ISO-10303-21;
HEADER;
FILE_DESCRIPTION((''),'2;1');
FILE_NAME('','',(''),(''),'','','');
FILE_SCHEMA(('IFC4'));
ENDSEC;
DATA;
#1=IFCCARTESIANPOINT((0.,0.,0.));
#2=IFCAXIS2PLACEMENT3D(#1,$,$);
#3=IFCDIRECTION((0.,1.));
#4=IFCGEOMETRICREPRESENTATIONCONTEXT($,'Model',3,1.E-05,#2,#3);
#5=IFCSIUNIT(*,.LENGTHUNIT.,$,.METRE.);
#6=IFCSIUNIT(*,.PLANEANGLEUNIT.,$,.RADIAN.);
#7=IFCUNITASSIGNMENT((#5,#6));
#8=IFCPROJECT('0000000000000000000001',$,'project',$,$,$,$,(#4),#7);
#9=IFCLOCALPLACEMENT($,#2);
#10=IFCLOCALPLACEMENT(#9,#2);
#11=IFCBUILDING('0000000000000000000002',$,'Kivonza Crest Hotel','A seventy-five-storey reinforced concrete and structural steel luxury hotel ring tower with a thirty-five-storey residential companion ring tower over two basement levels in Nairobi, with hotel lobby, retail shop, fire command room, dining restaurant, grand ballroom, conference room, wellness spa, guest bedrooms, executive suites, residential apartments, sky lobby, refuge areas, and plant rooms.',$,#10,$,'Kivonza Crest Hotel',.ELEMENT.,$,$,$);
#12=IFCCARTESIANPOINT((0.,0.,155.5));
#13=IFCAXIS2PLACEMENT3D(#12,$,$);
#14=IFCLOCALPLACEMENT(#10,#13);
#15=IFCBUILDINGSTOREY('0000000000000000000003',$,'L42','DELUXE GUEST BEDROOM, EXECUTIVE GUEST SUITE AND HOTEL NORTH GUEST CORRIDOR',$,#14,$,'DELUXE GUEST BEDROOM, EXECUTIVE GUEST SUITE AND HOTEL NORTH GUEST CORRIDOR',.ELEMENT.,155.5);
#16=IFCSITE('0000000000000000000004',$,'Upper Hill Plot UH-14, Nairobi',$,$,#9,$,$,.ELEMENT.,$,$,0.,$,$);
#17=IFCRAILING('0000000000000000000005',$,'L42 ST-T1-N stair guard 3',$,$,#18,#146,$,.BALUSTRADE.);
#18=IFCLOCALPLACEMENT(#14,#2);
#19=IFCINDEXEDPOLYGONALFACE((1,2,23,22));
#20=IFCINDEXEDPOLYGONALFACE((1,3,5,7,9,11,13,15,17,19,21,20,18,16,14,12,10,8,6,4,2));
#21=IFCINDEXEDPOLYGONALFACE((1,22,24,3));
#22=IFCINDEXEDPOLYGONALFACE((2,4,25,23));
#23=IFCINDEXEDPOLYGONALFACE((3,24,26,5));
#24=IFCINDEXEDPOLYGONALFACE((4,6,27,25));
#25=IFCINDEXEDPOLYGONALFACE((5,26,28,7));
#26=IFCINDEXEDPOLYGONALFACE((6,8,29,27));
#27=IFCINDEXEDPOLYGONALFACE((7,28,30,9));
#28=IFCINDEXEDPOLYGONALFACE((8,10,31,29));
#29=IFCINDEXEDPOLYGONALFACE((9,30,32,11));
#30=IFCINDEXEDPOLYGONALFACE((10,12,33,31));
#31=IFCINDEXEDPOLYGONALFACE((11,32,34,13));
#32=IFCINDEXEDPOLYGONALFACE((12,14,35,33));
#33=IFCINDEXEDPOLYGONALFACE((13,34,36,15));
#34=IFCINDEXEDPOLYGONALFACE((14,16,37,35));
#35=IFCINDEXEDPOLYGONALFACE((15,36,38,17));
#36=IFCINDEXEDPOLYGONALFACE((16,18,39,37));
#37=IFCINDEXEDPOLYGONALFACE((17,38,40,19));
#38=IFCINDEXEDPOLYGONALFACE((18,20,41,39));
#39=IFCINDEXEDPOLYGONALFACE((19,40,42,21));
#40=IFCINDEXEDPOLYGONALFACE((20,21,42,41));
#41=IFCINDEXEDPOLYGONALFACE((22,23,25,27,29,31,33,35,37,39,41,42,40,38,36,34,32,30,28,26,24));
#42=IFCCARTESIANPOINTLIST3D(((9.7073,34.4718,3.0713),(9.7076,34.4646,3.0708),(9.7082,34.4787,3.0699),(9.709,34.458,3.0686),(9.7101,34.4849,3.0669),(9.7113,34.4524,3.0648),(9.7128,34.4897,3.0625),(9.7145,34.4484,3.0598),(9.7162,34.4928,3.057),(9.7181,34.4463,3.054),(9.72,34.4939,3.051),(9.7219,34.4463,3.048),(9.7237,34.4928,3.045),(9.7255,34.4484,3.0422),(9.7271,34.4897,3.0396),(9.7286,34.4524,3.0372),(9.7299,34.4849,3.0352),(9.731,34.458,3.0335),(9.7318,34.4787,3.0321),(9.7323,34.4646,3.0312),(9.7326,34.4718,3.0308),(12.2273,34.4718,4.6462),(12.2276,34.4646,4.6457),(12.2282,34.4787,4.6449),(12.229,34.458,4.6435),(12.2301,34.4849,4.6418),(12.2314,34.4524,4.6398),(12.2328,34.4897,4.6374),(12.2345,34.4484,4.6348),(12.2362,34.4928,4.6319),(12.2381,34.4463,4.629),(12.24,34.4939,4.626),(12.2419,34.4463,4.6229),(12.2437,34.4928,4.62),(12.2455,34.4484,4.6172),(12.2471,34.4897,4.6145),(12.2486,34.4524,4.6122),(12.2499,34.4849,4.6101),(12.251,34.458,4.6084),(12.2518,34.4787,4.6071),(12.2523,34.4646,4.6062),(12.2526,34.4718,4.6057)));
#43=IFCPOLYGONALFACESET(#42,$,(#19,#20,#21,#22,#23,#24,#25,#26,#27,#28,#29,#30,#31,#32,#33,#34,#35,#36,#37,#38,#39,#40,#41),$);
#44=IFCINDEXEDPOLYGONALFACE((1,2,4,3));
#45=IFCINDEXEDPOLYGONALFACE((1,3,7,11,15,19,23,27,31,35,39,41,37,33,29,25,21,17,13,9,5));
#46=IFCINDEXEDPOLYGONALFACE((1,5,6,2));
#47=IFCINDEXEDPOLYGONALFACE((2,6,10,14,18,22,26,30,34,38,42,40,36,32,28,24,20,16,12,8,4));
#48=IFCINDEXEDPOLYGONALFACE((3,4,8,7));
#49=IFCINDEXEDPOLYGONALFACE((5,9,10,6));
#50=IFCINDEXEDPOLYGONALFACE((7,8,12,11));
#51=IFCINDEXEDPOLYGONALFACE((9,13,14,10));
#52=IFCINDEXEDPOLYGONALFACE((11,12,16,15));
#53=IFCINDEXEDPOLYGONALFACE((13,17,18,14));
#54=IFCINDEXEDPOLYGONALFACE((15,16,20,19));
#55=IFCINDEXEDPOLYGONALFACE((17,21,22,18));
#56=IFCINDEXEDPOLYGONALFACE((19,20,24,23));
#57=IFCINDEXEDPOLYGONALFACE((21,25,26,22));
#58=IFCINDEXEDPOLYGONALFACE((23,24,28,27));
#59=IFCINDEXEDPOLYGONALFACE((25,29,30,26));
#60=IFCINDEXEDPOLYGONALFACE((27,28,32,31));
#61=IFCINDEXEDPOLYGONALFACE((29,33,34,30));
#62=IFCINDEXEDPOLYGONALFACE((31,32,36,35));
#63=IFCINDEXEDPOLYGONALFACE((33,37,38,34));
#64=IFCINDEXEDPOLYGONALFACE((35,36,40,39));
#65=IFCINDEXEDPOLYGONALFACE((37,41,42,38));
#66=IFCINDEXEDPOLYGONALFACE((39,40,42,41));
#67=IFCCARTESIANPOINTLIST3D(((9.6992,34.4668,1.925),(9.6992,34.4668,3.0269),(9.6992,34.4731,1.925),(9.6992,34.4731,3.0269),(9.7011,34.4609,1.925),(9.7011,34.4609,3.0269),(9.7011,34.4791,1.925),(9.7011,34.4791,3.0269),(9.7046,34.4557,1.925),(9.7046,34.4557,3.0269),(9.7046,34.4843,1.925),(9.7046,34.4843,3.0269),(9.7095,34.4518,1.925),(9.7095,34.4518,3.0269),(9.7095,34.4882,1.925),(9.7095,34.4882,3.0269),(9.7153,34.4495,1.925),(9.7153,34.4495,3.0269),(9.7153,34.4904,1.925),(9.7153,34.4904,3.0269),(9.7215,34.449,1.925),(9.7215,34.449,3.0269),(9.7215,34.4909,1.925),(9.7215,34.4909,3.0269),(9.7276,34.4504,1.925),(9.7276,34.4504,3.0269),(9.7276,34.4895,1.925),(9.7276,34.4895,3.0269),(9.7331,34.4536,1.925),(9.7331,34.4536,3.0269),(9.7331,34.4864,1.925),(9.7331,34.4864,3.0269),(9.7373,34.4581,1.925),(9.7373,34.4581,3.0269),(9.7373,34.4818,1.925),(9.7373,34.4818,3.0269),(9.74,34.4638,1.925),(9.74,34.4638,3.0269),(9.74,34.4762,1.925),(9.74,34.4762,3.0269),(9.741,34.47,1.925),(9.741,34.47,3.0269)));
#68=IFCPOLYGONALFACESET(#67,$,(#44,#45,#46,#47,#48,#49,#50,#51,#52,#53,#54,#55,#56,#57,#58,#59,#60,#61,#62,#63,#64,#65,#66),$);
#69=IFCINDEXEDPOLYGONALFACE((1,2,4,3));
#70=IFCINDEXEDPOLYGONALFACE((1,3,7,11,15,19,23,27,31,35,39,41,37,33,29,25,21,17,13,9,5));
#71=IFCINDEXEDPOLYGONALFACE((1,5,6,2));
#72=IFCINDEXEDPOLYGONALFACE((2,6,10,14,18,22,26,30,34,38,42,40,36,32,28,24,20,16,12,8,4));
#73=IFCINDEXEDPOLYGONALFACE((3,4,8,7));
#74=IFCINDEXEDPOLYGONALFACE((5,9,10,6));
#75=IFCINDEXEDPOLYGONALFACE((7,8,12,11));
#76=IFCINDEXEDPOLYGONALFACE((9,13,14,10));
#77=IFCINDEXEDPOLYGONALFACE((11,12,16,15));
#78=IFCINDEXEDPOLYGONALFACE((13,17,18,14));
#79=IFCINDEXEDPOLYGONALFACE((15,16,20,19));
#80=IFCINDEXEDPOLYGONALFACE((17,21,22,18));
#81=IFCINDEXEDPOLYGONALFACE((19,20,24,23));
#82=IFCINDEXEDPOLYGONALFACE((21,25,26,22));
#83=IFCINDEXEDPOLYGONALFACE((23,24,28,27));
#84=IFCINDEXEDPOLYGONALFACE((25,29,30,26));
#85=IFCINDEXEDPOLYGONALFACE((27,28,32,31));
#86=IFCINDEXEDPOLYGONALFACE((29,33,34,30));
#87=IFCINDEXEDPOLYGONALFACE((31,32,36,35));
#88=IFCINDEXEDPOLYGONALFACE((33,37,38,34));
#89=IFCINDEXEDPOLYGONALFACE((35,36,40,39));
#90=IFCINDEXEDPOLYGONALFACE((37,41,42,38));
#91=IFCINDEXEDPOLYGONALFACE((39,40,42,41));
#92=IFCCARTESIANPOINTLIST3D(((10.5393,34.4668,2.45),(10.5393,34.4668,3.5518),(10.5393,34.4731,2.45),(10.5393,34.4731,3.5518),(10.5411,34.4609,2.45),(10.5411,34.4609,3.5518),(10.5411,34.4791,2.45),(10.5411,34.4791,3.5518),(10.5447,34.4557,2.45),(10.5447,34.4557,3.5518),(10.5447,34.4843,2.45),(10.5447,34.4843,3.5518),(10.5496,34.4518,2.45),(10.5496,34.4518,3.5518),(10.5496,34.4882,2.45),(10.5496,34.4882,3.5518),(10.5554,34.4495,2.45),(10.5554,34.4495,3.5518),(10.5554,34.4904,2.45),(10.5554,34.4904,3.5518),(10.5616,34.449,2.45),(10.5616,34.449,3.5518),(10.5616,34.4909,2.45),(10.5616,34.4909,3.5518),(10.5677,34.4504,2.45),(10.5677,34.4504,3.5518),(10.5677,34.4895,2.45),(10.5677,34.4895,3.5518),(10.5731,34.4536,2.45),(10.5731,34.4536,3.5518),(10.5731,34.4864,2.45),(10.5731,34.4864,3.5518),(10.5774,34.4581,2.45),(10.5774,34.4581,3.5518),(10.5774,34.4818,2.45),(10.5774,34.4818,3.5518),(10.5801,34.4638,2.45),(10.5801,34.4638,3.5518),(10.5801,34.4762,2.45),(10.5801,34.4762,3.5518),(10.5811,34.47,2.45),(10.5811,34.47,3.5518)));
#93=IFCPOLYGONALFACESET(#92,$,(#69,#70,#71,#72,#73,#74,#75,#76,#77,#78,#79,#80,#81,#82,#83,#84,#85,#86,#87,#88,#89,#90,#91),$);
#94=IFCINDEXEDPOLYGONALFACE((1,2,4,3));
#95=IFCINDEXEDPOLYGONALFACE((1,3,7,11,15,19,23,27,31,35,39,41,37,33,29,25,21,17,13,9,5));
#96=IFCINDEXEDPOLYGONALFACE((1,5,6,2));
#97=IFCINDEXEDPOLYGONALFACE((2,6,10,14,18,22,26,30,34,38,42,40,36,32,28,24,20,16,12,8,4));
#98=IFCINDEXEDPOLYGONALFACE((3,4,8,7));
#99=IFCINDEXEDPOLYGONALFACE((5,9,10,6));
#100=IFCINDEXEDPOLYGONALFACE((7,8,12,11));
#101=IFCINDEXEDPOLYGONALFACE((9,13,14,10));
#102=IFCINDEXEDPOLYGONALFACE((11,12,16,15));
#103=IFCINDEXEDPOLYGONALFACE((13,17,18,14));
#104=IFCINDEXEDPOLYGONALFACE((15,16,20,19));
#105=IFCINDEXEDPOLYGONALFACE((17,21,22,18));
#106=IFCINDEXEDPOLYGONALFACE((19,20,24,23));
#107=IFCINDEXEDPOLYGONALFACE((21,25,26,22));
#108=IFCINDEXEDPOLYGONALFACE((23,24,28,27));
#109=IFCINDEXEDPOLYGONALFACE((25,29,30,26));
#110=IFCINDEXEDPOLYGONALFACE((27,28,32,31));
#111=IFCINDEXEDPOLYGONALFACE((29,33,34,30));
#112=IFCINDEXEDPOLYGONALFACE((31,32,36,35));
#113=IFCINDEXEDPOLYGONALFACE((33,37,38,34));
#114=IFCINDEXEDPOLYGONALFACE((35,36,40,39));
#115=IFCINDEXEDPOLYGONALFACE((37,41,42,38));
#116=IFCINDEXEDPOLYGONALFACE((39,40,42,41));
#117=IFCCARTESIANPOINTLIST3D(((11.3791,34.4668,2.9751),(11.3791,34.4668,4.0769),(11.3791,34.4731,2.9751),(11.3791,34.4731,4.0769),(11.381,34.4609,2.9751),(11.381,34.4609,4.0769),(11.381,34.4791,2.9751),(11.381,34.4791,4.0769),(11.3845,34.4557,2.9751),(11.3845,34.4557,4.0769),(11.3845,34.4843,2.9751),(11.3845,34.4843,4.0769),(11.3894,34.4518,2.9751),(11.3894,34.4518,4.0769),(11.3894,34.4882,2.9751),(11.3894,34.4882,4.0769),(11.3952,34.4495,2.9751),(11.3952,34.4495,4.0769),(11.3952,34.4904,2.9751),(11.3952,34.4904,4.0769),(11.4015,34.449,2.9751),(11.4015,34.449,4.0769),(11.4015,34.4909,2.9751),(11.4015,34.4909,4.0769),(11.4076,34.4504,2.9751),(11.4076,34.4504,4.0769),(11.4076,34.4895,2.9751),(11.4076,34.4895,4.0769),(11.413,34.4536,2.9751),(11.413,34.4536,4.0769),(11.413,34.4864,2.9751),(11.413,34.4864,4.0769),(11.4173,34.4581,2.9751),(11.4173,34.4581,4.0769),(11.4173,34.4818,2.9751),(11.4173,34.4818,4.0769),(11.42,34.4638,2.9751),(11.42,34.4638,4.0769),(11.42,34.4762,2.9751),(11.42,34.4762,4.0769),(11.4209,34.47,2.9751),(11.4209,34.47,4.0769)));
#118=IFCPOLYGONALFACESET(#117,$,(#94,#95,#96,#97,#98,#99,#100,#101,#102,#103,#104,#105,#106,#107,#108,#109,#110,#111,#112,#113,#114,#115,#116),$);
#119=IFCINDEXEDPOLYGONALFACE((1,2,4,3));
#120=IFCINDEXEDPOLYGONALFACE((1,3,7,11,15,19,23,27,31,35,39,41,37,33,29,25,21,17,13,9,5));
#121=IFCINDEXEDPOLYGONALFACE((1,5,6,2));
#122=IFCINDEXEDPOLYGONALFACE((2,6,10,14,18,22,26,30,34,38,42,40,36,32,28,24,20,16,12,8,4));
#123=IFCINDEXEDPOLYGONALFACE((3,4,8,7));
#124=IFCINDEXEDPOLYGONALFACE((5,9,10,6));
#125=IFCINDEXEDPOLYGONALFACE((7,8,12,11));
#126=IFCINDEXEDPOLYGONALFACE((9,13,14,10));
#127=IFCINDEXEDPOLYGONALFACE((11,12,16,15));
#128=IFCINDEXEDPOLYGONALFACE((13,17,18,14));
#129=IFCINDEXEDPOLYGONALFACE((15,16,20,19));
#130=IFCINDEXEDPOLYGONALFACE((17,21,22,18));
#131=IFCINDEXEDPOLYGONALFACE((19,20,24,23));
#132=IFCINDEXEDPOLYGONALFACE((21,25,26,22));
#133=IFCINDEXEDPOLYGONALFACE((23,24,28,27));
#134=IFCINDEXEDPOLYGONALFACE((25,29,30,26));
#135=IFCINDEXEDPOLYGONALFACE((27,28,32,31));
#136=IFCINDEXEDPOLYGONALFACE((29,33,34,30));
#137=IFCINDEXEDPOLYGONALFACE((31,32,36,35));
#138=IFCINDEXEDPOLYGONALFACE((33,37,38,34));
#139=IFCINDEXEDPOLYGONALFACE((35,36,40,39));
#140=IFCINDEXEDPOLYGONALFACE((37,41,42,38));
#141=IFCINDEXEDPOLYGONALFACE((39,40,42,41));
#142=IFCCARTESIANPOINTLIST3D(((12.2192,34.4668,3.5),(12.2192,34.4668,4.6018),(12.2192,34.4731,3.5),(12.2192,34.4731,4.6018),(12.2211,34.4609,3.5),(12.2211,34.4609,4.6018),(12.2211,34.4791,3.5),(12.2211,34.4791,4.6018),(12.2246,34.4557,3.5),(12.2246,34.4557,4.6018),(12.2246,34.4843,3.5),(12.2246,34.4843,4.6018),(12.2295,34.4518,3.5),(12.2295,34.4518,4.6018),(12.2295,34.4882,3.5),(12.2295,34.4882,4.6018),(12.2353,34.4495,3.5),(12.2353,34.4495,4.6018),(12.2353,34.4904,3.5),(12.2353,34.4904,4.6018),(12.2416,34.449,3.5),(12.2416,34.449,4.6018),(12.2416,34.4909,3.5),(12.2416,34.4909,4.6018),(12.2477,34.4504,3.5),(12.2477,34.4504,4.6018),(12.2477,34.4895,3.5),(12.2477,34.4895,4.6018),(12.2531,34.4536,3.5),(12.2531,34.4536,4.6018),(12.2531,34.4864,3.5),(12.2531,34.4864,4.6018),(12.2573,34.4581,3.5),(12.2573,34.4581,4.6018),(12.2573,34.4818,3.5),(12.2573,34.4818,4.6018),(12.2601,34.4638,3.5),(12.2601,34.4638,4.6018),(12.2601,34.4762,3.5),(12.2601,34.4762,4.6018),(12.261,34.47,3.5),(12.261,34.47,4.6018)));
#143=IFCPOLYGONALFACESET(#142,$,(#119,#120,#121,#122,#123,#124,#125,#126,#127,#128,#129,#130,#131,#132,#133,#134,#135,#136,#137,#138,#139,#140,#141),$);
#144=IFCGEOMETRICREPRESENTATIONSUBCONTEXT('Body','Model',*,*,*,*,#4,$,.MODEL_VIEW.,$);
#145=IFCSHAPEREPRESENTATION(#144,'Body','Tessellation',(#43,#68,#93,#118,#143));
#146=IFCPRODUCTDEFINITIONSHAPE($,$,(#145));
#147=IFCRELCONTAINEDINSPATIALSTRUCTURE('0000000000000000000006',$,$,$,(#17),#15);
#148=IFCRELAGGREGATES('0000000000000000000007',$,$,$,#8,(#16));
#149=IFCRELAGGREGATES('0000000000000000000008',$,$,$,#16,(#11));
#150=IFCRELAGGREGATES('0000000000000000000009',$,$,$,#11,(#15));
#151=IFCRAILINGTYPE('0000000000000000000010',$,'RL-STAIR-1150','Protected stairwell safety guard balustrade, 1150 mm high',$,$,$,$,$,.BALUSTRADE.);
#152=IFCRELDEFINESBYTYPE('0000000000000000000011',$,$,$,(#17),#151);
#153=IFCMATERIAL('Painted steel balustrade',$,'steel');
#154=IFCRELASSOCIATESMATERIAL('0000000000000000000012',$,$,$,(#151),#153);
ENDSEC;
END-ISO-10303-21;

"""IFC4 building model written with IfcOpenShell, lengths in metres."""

from ifc_helpers import new_model, si_unit, direction, frame, origin, origin_2d, place, context, subcontext, project, spatial, circle, extrude, material, type_object, element, save


model = new_model("IFC4")

# Units and contexts
model_context = context("Model", 3, precision=1e-05, world=origin(), true_north=direction((0.0, 1.0)))
body_context = subcontext(model_context, "Body", "Model", "MODEL_VIEW")
ifc_project = project(units=[si_unit("LENGTHUNIT", "METRE"), si_unit("PLANEANGLEUNIT", "RADIAN")], contexts=[model_context])

# Site, building, storey
site_placement = place(None, origin())
site = spatial("IfcSite", under=ifc_project, at=site_placement, Name="Upper Hill Plot UH-14, Nairobi", CompositionType="ELEMENT", RefElevation=0.0)
building_placement = place(site_placement, origin())
building = spatial("IfcBuilding", under=site, at=building_placement, Name="Kivonza Crest Hotel", Description="A seventy-five-storey reinforced concrete and structural steel luxury hotel ring tower with a thirty-five-storey residential companion ring tower over two basement levels in Nairobi, with hotel lobby, retail shop, fire command room, dining restaurant, grand ballroom, conference room, wellness spa, guest bedrooms, executive suites, residential apartments, sky lobby, refuge areas, and plant rooms.", LongName="Kivonza Crest Hotel", CompositionType="ELEMENT")
storey_placement = place(building_placement, frame((0.0, 0.0, 155.5)))
storey = spatial("IfcBuildingStorey", under=building, at=storey_placement, Name="L42", Description="DELUXE GUEST BEDROOM, EXECUTIVE GUEST SUITE AND HOTEL NORTH GUEST CORRIDOR", LongName="DELUXE GUEST BEDROOM, EXECUTIVE GUEST SUITE AND HOTEL NORTH GUEST CORRIDOR", CompositionType="ELEMENT", Elevation=155.5)

# Railing
ifc_material_1 = material(Name="Painted steel balustrade", Category="steel")
railing_type_1 = type_object("IfcRailingType", Name="RL-STAIR-1150", Description="Protected stairwell safety guard balustrade, 1150 mm high", PredefinedType="BALUSTRADE", material=ifc_material_1)
railing_1_placement = place(storey_placement, frame((9.72, 34.47, 1.925)))
element("IfcRailing", 1, at=railing_1_placement, inside=storey, type_object=railing_type_1, Name="L42 ST-T1-N stair guard 3", PredefinedType="BALUSTRADE", context=body_context, shape_type="SweptSolid", body=[
    extrude(circle(Radius=0.0239, at=origin_2d()), frame((0.0, 0.0, 1.126), z_axis=(0.848008, 0.0, 0.529984), x_axis=(0.0, 1.0, 0.0)), (0.0, 0.0, 1.0), 2.9717),
    extrude(circle(Radius=0.021, at=origin_2d()), origin(), (0.0, 0.0, 1.0), 1.1018),
    extrude(circle(Radius=0.021, at=origin_2d()), frame((0.8401, 0.0, 0.5249)), (0.0, 0.0, 1.0), 1.1018),
    extrude(circle(Radius=0.021, at=origin_2d()), frame((1.6799, 0.0, 1.05)), (0.0, 0.0, 1.0), 1.1018),
    extrude(circle(Radius=0.021, at=origin_2d()), frame((2.52, 0.0, 1.575)), (0.0, 0.0, 1.0), 1.1018),
])

save(model, "model.ifc")
